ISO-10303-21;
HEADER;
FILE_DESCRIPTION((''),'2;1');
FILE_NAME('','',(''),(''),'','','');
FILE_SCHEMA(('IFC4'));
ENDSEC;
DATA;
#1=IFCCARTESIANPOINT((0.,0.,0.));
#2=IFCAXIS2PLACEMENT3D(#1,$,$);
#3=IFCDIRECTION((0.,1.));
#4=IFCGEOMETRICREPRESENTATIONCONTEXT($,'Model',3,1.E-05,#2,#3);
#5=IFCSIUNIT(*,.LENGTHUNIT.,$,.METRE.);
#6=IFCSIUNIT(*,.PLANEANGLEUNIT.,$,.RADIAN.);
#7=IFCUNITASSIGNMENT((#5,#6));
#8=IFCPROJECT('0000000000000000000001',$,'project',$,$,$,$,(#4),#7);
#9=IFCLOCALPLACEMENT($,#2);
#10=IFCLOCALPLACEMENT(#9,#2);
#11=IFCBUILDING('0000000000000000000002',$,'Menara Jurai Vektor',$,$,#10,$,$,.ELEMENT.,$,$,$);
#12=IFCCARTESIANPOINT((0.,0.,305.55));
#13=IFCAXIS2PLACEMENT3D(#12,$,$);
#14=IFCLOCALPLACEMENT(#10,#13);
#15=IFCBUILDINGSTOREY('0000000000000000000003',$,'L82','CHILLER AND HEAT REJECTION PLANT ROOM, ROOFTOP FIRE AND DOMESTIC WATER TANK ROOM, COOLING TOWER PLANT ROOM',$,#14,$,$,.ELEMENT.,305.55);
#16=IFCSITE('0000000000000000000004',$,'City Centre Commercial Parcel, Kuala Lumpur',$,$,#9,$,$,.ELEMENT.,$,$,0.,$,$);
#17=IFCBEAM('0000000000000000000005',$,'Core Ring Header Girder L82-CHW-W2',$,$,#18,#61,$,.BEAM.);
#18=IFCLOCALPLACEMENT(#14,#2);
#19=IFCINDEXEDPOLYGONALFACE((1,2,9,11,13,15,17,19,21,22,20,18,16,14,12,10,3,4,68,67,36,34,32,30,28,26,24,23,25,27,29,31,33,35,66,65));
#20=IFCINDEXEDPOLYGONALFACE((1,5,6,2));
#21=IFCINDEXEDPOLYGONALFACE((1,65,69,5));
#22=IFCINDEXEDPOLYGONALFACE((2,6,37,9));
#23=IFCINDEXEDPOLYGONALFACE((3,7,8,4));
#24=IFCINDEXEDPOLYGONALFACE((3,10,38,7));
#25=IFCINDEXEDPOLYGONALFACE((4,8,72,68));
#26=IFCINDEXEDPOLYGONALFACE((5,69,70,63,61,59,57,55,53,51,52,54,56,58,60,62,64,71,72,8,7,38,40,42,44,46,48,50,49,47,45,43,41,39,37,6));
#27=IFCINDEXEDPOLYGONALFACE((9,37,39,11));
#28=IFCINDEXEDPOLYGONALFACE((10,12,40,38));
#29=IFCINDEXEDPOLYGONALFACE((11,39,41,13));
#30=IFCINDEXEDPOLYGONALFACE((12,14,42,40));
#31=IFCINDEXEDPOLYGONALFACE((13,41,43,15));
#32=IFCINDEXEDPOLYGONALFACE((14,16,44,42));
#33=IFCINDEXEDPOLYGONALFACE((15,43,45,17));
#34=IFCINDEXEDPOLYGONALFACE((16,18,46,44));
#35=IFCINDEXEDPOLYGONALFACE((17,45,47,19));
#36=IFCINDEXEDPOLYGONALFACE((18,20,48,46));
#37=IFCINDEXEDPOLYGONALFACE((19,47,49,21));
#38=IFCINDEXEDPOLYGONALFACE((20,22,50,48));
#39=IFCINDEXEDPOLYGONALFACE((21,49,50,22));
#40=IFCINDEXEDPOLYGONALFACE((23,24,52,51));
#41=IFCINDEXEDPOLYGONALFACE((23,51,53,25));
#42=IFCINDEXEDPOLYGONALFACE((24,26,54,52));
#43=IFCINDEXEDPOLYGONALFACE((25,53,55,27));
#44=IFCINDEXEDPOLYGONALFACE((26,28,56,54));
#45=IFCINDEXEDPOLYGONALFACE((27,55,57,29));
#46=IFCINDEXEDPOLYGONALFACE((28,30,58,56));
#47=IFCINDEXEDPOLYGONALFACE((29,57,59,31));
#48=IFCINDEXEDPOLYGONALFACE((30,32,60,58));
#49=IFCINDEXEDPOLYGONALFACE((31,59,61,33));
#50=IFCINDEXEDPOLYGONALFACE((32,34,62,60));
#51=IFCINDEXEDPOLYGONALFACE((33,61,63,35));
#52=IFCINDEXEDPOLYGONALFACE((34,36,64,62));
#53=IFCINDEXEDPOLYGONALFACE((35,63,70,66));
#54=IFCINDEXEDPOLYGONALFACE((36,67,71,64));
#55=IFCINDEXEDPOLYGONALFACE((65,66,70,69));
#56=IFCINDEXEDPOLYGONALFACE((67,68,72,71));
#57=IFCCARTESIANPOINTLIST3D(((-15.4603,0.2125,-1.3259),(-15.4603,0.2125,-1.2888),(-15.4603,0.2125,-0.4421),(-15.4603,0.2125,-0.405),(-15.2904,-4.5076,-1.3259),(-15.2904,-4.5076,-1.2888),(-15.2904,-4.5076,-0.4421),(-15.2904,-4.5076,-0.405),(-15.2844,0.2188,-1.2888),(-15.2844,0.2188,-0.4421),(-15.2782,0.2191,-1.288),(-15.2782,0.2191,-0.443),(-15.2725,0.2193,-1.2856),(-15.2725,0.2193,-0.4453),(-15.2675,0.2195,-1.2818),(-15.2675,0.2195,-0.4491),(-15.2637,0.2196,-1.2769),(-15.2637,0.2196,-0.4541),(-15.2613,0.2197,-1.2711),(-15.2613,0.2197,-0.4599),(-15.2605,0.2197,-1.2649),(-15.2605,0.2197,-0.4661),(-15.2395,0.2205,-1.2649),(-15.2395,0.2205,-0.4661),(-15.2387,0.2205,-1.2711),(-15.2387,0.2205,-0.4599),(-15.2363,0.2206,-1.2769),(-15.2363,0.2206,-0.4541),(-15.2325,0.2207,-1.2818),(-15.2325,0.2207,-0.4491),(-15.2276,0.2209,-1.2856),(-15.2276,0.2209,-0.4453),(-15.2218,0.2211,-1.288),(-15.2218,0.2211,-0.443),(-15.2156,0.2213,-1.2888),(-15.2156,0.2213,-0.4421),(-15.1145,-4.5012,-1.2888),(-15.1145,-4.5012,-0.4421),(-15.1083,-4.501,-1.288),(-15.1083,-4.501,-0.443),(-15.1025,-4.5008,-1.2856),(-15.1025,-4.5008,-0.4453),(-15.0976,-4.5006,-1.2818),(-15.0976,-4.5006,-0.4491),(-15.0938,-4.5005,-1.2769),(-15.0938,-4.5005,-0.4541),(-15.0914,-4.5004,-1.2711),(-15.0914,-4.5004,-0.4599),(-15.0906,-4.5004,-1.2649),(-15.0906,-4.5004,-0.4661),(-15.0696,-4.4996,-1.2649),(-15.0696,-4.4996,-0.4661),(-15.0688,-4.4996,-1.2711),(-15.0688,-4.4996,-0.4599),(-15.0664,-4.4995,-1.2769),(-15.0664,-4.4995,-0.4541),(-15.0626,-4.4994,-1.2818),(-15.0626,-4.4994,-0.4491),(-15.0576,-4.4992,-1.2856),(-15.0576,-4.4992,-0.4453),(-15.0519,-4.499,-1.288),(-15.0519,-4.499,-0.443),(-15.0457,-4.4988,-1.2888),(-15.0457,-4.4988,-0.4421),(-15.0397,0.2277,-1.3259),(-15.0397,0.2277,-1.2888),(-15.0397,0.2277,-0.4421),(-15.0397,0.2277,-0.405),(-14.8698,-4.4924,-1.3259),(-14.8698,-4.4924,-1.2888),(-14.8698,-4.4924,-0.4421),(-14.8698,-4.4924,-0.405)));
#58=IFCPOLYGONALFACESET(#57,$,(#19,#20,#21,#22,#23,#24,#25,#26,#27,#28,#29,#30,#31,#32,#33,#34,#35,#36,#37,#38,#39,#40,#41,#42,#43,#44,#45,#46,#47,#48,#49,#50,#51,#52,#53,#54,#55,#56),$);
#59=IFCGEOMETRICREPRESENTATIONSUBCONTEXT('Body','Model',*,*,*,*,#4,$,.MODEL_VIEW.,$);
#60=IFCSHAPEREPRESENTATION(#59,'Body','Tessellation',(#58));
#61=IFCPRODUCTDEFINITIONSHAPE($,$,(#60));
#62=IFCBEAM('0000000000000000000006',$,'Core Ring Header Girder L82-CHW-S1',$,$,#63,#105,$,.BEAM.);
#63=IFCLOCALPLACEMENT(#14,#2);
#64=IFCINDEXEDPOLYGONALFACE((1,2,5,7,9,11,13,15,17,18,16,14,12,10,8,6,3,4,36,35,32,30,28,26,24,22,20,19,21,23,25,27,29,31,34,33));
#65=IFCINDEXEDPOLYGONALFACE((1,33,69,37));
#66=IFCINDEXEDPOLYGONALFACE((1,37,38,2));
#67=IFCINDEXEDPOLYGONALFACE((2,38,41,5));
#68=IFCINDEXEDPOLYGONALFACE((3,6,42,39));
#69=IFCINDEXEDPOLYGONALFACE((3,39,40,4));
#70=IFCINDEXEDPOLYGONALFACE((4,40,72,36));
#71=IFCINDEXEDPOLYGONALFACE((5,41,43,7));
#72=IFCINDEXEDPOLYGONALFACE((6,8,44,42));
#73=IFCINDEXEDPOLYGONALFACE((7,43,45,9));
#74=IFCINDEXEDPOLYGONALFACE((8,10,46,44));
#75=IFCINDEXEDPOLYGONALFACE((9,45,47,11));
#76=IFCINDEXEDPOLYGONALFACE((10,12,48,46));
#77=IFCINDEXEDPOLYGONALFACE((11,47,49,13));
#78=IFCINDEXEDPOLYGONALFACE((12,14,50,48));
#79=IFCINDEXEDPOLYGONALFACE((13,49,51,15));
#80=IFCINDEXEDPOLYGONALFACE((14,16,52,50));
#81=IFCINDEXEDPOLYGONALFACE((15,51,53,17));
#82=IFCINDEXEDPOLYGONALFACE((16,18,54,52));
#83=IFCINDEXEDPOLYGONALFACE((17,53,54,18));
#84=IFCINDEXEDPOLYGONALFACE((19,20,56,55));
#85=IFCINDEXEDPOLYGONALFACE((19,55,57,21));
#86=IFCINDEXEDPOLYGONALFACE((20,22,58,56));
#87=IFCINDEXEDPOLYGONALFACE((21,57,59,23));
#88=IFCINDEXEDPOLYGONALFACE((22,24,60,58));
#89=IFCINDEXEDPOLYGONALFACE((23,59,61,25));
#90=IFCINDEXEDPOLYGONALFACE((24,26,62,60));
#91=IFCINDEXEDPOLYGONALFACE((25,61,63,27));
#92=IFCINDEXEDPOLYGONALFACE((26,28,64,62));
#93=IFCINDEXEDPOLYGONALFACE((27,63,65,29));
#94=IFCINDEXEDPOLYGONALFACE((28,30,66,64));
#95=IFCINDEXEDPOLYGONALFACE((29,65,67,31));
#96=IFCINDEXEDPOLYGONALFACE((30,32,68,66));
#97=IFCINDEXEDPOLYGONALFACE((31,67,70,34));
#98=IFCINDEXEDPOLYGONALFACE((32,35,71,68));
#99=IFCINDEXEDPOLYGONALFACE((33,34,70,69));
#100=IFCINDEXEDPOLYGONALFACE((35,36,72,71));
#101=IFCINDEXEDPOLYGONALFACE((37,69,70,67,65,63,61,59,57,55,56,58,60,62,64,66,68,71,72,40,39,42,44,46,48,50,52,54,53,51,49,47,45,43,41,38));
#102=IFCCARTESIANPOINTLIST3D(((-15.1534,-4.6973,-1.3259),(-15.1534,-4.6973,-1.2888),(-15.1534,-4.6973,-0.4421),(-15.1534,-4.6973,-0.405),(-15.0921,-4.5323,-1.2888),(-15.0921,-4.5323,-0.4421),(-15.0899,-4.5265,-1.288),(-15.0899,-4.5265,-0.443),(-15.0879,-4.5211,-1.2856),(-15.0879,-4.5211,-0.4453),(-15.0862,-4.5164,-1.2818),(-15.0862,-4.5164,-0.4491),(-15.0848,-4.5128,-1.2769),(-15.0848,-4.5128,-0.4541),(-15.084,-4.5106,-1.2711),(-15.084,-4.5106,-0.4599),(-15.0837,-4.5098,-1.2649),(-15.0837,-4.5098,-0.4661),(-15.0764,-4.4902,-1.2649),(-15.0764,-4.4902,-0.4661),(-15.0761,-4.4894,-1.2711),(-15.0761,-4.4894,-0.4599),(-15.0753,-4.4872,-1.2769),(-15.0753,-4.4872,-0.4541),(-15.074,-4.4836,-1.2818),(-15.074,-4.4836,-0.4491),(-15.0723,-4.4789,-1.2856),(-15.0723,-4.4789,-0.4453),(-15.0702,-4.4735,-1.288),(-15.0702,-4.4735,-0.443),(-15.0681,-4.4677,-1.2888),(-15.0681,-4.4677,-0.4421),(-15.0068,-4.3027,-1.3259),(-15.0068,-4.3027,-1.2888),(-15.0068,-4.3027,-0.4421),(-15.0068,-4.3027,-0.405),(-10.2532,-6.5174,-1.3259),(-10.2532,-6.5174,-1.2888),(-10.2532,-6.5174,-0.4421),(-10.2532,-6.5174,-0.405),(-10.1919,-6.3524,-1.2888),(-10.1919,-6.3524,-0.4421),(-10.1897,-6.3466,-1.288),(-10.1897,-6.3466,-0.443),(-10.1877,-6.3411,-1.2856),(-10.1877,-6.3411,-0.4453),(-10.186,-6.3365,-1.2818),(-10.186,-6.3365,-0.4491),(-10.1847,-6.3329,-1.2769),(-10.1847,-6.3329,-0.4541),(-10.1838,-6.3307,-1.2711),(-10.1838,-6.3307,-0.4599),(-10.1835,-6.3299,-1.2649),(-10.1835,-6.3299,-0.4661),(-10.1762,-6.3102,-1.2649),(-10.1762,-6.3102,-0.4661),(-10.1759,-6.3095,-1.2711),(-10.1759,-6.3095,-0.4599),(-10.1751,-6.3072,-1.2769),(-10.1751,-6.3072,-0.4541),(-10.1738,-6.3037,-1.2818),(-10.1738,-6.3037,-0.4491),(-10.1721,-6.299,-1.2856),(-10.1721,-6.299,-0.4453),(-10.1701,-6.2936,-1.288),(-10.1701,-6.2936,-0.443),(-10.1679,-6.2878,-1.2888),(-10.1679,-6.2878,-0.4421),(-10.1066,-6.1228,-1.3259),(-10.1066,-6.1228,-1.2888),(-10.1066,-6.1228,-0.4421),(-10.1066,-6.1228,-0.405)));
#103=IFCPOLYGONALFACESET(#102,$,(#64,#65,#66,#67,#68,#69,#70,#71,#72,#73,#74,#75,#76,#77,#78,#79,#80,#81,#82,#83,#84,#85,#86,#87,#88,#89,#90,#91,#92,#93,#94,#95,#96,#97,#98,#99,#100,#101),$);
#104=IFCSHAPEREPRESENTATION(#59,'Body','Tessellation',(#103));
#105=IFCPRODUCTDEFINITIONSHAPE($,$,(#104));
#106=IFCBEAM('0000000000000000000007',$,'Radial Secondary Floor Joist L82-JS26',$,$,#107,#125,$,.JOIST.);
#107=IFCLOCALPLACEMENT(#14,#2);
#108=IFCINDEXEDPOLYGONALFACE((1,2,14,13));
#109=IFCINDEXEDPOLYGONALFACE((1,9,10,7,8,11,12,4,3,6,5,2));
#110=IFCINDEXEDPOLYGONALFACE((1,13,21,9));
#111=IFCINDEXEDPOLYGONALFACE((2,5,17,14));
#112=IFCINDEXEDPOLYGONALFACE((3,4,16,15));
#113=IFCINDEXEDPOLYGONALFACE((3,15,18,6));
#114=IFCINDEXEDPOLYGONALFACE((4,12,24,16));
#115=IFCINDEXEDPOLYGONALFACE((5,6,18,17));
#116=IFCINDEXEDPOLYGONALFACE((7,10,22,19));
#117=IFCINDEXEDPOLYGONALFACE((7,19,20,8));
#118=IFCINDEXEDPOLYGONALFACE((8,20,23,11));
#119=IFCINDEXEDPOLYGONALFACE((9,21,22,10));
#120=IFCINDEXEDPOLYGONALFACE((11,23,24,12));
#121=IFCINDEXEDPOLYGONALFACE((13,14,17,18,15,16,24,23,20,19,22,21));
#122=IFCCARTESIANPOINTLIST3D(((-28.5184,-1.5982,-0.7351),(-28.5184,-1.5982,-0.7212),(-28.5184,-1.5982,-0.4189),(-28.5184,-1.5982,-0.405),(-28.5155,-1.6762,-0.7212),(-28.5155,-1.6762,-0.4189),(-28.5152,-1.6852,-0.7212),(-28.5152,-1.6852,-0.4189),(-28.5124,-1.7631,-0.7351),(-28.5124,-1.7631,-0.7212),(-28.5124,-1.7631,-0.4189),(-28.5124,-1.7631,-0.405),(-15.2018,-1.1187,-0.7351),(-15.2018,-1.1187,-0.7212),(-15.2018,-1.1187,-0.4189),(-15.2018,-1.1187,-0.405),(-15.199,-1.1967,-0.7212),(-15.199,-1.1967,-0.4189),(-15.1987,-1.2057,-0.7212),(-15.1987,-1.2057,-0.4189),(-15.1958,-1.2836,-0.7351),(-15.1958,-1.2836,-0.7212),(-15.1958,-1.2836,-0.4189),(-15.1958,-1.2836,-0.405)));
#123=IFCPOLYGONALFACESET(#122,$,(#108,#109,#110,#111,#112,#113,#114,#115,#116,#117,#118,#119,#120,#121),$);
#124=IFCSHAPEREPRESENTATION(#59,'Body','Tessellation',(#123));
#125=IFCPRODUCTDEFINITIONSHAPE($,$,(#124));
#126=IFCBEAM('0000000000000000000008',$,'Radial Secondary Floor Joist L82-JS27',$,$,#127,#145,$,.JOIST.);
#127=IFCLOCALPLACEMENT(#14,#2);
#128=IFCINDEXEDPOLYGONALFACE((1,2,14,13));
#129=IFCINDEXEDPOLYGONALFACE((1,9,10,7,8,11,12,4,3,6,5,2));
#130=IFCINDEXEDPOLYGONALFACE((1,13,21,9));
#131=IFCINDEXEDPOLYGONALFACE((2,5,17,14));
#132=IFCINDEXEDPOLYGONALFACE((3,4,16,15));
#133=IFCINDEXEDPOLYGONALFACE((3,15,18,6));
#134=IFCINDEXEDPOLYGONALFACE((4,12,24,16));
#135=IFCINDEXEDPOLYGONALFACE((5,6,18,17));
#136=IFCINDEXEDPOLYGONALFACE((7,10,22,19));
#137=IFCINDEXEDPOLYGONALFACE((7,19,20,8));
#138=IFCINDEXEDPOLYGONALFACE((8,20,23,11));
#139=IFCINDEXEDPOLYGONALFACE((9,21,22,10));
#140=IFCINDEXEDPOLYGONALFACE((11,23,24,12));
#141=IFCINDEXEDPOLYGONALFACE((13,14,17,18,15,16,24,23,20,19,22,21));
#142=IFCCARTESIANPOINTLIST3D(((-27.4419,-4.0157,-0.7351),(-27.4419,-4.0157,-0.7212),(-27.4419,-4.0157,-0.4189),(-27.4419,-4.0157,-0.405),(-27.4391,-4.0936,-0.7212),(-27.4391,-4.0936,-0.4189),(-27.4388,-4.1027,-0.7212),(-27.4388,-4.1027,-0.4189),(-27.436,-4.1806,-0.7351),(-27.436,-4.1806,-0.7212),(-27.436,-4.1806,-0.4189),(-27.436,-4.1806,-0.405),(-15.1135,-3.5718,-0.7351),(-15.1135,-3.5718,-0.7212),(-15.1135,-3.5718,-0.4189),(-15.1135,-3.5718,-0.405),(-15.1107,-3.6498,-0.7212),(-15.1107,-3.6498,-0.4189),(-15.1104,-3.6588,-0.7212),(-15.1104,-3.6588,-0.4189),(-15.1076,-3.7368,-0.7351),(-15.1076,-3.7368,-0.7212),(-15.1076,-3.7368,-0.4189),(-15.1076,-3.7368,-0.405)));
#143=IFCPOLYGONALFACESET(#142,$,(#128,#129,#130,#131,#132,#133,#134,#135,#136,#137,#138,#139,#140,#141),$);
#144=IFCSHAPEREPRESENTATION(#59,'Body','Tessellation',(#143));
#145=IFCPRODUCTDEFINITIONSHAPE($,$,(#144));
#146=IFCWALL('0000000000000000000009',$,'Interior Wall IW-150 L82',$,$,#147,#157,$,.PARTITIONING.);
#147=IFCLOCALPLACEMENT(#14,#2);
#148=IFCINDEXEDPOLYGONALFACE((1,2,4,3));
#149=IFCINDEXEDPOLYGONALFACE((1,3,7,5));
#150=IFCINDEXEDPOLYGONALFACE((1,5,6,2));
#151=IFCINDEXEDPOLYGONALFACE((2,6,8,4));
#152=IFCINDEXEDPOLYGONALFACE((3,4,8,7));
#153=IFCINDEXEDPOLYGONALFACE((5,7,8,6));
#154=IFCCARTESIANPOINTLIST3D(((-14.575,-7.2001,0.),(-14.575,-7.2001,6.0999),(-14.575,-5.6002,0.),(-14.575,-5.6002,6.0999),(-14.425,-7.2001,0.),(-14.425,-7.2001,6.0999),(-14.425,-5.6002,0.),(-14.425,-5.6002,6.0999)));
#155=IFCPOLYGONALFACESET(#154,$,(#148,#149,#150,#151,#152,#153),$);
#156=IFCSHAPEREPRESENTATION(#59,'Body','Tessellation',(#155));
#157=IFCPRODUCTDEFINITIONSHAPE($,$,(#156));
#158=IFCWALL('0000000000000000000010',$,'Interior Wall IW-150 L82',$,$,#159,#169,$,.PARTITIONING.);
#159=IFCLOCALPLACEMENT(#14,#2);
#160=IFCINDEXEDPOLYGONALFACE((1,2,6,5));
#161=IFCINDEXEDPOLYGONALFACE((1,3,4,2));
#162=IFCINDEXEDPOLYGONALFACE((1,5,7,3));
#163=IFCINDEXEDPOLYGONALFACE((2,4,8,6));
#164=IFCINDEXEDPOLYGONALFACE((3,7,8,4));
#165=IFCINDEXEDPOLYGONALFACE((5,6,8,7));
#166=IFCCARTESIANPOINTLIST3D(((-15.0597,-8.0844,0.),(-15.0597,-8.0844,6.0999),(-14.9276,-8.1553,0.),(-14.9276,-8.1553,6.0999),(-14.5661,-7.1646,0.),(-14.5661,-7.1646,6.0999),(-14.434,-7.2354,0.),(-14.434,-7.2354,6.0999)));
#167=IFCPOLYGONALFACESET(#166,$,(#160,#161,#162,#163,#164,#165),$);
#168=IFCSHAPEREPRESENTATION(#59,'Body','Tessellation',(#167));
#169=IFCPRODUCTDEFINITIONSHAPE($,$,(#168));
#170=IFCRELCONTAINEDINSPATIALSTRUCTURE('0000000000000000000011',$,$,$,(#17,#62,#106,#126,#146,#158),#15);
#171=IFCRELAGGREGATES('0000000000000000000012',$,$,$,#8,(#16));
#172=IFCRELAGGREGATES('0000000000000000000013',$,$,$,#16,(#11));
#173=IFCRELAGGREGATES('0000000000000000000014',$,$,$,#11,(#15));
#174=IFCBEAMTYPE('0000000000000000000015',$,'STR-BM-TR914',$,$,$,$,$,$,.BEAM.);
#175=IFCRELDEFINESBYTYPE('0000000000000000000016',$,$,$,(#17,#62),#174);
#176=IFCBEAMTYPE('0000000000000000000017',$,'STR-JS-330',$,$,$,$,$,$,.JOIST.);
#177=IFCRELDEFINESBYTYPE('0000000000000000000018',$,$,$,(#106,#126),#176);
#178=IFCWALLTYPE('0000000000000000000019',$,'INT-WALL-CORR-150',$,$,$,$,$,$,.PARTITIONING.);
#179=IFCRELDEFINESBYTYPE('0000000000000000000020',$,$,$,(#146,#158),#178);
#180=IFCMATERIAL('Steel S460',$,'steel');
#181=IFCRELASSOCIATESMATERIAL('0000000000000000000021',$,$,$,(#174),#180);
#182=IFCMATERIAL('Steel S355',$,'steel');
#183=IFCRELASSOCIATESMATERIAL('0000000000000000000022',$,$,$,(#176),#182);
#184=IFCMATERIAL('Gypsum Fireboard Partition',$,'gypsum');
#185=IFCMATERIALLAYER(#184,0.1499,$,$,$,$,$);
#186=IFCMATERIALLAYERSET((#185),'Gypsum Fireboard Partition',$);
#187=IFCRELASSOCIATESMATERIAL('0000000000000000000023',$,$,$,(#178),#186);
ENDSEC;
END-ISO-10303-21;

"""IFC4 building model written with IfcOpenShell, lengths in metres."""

from ifc_helpers import new_model, si_unit, direction, frame, frame_2d, origin, origin_2d, place, context, subcontext, project, spatial, rectangle, i_section, extrude, material, layer, layer_set, material_profile, profile_set, type_object, element, save


model = new_model("IFC4")

# Units and contexts
model_context = context("Model", 3, precision=1e-05, world=origin(), true_north=direction((0.0, 1.0)))
body_context = subcontext(model_context, "Body", "Model", "MODEL_VIEW")
ifc_project = project(units=[si_unit("LENGTHUNIT", "METRE"), si_unit("PLANEANGLEUNIT", "RADIAN")], contexts=[model_context])

# Site, building, storey
site_placement = place(None, origin())
site = spatial("IfcSite", under=ifc_project, at=site_placement, Name="City Centre Commercial Parcel, Kuala Lumpur", CompositionType="ELEMENT", RefElevation=0.0)
building_placement = place(site_placement, origin())
building = spatial("IfcBuilding", under=site, at=building_placement, Name="Menara Jurai Vektor", CompositionType="ELEMENT")
storey_placement = place(building_placement, frame((0.0, 0.0, 305.55)))
storey = spatial("IfcBuildingStorey", under=building, at=storey_placement, Name="L82", Description="CHILLER AND HEAT REJECTION PLANT ROOM, ROOFTOP FIRE AND DOMESTIC WATER TANK ROOM, COOLING TOWER PLANT ROOM", CompositionType="ELEMENT", Elevation=305.55)

# Shared definitions
ifc_material_1 = material(Name="Steel S460", Category="steel")

# Beams
ifc_material_profile_1 = material_profile(ifc_material_1, i_section(OverallWidth=0.4209, OverallDepth=0.9209, WebThickness=0.021, FlangeThickness=0.0371, FilletRadius=0.0239, at=origin_2d()), Name="UKB 914x419x388")
ifc_profile_set_1 = profile_set([ifc_material_profile_1], Name="Steel S460")
beam_type_1 = type_object("IfcBeamType", Name="STR-BM-TR914", PredefinedType="BEAM", material=ifc_profile_set_1)
beam_1_placement = place(storey_placement, frame((-15.0801, -4.5, -0.8655), z_axis=(-0.035977, 0.999353, 0.0), x_axis=(-0.999353, -0.035977, 0.0)))
element("IfcBeam", 1, at=beam_1_placement, inside=storey, type_object=beam_type_1, Name="Core Ring Header Girder L82-CHW-W2", PredefinedType="BEAM", context=body_context, shape_type="SweptSolid", body=[
    extrude(i_section(OverallWidth=0.4209, OverallDepth=0.9209, WebThickness=0.021, FlangeThickness=0.0371, FilletRadius=0.0239, at=origin_2d()), origin(), (0.0, 0.0, 1.0), 4.7231),
])
beam_2_placement = place(storey_placement, frame((-15.0801, -4.5, -0.8655), z_axis=(0.937424, -0.348189, 0.0), x_axis=(0.348189, 0.937424, 0.0)))
element("IfcBeam", 2, at=beam_2_placement, inside=storey, type_object=beam_type_1, Name="Core Ring Header Girder L82-CHW-S1", PredefinedType="BEAM", context=body_context, shape_type="SweptSolid", body=[
    extrude(i_section(OverallWidth=0.4209, OverallDepth=0.9209, WebThickness=0.021, FlangeThickness=0.0371, FilletRadius=0.0239, at=origin_2d()), origin(), (0.0, 0.0, 1.0), 5.2273),
])
ifc_material_2 = material(Name="Steel S355", Category="steel")
ifc_material_profile_2 = material_profile(ifc_material_2, i_section(OverallWidth=0.165, OverallDepth=0.3301, WebThickness=0.009, FlangeThickness=0.0139, at=origin_2d()), Name="PG 330x165x46")
ifc_profile_set_2 = profile_set([ifc_material_profile_2], Name="Steel S355")
beam_type_2 = type_object("IfcBeamType", Name="STR-JS-330", PredefinedType="JOIST", material=ifc_profile_set_2)
beam_3_placement = place(storey_placement, frame((-28.5154, -1.6807, -0.5701), z_axis=(0.999352, 0.035984, 0.0), x_axis=(-0.035984, 0.999352, 0.0)))
element("IfcBeam", 3, at=beam_3_placement, inside=storey, type_object=beam_type_2, Name="Radial Secondary Floor Joist L82-JS26", PredefinedType="JOIST", context=body_context, shape_type="SweptSolid", body=[
    extrude(i_section(OverallWidth=0.165, OverallDepth=0.3301, WebThickness=0.009, FlangeThickness=0.0139, at=origin_2d()), origin(), (0.0, 0.0, 1.0), 13.3252),
])
beam_4_placement = place(storey_placement, frame((-27.439, -4.0981, -0.5701), z_axis=(0.999353, 0.035979, 0.0), x_axis=(-0.035979, 0.999353, 0.0)))
element("IfcBeam", 4, at=beam_4_placement, inside=storey, type_object=beam_type_2, Name="Radial Secondary Floor Joist L82-JS27", PredefinedType="JOIST", context=body_context, shape_type="SweptSolid", body=[
    extrude(i_section(OverallWidth=0.165, OverallDepth=0.3301, WebThickness=0.009, FlangeThickness=0.0139, at=origin_2d()), origin(), (0.0, 0.0, 1.0), 12.3364),
])

# Walls
ifc_material_3 = material(Name="Gypsum Fireboard Partition", Category="gypsum")
ifc_layer_1 = layer(ifc_material_3, 0.1499)
ifc_layer_set_1 = layer_set([ifc_layer_1], Name="Gypsum Fireboard Partition")
wall_type_1 = type_object("IfcWallType", Name="INT-WALL-CORR-150", PredefinedType="PARTITIONING", material=ifc_layer_set_1)
wall_1_placement = place(storey_placement, frame((-14.5, -7.2, 0.0), z_axis=(0.0, 0.0, 1.0), x_axis=(0.0, 1.0, 0.0)))
element("IfcWall", 5, at=wall_1_placement, inside=storey, type_object=wall_type_1, Name="Interior Wall IW-150 L82", PredefinedType="PARTITIONING", context=body_context, shape_type="SweptSolid", body=[
    extrude(rectangle(XDim=1.5999, YDim=0.1499, at=frame_2d((0.7998, 0.0))), origin(), (0.0, 0.0, 1.0), 6.0999),
])
wall_2_placement = place(storey_placement, frame((-14.9937, -8.1199, 0.0), z_axis=(0.0, 0.0, 1.0), x_axis=(0.472844, 0.881146, 0.0)))
element("IfcWall", 6, at=wall_2_placement, inside=storey, type_object=wall_type_1, Name="Interior Wall IW-150 L82", PredefinedType="PARTITIONING", context=body_context, shape_type="SweptSolid", body=[
    extrude(rectangle(XDim=1.0439, YDim=0.1499, at=frame_2d((0.522, 0.0))), origin(), (0.0, 0.0, 1.0), 6.0999),
])

save(model, "model.ifc")
